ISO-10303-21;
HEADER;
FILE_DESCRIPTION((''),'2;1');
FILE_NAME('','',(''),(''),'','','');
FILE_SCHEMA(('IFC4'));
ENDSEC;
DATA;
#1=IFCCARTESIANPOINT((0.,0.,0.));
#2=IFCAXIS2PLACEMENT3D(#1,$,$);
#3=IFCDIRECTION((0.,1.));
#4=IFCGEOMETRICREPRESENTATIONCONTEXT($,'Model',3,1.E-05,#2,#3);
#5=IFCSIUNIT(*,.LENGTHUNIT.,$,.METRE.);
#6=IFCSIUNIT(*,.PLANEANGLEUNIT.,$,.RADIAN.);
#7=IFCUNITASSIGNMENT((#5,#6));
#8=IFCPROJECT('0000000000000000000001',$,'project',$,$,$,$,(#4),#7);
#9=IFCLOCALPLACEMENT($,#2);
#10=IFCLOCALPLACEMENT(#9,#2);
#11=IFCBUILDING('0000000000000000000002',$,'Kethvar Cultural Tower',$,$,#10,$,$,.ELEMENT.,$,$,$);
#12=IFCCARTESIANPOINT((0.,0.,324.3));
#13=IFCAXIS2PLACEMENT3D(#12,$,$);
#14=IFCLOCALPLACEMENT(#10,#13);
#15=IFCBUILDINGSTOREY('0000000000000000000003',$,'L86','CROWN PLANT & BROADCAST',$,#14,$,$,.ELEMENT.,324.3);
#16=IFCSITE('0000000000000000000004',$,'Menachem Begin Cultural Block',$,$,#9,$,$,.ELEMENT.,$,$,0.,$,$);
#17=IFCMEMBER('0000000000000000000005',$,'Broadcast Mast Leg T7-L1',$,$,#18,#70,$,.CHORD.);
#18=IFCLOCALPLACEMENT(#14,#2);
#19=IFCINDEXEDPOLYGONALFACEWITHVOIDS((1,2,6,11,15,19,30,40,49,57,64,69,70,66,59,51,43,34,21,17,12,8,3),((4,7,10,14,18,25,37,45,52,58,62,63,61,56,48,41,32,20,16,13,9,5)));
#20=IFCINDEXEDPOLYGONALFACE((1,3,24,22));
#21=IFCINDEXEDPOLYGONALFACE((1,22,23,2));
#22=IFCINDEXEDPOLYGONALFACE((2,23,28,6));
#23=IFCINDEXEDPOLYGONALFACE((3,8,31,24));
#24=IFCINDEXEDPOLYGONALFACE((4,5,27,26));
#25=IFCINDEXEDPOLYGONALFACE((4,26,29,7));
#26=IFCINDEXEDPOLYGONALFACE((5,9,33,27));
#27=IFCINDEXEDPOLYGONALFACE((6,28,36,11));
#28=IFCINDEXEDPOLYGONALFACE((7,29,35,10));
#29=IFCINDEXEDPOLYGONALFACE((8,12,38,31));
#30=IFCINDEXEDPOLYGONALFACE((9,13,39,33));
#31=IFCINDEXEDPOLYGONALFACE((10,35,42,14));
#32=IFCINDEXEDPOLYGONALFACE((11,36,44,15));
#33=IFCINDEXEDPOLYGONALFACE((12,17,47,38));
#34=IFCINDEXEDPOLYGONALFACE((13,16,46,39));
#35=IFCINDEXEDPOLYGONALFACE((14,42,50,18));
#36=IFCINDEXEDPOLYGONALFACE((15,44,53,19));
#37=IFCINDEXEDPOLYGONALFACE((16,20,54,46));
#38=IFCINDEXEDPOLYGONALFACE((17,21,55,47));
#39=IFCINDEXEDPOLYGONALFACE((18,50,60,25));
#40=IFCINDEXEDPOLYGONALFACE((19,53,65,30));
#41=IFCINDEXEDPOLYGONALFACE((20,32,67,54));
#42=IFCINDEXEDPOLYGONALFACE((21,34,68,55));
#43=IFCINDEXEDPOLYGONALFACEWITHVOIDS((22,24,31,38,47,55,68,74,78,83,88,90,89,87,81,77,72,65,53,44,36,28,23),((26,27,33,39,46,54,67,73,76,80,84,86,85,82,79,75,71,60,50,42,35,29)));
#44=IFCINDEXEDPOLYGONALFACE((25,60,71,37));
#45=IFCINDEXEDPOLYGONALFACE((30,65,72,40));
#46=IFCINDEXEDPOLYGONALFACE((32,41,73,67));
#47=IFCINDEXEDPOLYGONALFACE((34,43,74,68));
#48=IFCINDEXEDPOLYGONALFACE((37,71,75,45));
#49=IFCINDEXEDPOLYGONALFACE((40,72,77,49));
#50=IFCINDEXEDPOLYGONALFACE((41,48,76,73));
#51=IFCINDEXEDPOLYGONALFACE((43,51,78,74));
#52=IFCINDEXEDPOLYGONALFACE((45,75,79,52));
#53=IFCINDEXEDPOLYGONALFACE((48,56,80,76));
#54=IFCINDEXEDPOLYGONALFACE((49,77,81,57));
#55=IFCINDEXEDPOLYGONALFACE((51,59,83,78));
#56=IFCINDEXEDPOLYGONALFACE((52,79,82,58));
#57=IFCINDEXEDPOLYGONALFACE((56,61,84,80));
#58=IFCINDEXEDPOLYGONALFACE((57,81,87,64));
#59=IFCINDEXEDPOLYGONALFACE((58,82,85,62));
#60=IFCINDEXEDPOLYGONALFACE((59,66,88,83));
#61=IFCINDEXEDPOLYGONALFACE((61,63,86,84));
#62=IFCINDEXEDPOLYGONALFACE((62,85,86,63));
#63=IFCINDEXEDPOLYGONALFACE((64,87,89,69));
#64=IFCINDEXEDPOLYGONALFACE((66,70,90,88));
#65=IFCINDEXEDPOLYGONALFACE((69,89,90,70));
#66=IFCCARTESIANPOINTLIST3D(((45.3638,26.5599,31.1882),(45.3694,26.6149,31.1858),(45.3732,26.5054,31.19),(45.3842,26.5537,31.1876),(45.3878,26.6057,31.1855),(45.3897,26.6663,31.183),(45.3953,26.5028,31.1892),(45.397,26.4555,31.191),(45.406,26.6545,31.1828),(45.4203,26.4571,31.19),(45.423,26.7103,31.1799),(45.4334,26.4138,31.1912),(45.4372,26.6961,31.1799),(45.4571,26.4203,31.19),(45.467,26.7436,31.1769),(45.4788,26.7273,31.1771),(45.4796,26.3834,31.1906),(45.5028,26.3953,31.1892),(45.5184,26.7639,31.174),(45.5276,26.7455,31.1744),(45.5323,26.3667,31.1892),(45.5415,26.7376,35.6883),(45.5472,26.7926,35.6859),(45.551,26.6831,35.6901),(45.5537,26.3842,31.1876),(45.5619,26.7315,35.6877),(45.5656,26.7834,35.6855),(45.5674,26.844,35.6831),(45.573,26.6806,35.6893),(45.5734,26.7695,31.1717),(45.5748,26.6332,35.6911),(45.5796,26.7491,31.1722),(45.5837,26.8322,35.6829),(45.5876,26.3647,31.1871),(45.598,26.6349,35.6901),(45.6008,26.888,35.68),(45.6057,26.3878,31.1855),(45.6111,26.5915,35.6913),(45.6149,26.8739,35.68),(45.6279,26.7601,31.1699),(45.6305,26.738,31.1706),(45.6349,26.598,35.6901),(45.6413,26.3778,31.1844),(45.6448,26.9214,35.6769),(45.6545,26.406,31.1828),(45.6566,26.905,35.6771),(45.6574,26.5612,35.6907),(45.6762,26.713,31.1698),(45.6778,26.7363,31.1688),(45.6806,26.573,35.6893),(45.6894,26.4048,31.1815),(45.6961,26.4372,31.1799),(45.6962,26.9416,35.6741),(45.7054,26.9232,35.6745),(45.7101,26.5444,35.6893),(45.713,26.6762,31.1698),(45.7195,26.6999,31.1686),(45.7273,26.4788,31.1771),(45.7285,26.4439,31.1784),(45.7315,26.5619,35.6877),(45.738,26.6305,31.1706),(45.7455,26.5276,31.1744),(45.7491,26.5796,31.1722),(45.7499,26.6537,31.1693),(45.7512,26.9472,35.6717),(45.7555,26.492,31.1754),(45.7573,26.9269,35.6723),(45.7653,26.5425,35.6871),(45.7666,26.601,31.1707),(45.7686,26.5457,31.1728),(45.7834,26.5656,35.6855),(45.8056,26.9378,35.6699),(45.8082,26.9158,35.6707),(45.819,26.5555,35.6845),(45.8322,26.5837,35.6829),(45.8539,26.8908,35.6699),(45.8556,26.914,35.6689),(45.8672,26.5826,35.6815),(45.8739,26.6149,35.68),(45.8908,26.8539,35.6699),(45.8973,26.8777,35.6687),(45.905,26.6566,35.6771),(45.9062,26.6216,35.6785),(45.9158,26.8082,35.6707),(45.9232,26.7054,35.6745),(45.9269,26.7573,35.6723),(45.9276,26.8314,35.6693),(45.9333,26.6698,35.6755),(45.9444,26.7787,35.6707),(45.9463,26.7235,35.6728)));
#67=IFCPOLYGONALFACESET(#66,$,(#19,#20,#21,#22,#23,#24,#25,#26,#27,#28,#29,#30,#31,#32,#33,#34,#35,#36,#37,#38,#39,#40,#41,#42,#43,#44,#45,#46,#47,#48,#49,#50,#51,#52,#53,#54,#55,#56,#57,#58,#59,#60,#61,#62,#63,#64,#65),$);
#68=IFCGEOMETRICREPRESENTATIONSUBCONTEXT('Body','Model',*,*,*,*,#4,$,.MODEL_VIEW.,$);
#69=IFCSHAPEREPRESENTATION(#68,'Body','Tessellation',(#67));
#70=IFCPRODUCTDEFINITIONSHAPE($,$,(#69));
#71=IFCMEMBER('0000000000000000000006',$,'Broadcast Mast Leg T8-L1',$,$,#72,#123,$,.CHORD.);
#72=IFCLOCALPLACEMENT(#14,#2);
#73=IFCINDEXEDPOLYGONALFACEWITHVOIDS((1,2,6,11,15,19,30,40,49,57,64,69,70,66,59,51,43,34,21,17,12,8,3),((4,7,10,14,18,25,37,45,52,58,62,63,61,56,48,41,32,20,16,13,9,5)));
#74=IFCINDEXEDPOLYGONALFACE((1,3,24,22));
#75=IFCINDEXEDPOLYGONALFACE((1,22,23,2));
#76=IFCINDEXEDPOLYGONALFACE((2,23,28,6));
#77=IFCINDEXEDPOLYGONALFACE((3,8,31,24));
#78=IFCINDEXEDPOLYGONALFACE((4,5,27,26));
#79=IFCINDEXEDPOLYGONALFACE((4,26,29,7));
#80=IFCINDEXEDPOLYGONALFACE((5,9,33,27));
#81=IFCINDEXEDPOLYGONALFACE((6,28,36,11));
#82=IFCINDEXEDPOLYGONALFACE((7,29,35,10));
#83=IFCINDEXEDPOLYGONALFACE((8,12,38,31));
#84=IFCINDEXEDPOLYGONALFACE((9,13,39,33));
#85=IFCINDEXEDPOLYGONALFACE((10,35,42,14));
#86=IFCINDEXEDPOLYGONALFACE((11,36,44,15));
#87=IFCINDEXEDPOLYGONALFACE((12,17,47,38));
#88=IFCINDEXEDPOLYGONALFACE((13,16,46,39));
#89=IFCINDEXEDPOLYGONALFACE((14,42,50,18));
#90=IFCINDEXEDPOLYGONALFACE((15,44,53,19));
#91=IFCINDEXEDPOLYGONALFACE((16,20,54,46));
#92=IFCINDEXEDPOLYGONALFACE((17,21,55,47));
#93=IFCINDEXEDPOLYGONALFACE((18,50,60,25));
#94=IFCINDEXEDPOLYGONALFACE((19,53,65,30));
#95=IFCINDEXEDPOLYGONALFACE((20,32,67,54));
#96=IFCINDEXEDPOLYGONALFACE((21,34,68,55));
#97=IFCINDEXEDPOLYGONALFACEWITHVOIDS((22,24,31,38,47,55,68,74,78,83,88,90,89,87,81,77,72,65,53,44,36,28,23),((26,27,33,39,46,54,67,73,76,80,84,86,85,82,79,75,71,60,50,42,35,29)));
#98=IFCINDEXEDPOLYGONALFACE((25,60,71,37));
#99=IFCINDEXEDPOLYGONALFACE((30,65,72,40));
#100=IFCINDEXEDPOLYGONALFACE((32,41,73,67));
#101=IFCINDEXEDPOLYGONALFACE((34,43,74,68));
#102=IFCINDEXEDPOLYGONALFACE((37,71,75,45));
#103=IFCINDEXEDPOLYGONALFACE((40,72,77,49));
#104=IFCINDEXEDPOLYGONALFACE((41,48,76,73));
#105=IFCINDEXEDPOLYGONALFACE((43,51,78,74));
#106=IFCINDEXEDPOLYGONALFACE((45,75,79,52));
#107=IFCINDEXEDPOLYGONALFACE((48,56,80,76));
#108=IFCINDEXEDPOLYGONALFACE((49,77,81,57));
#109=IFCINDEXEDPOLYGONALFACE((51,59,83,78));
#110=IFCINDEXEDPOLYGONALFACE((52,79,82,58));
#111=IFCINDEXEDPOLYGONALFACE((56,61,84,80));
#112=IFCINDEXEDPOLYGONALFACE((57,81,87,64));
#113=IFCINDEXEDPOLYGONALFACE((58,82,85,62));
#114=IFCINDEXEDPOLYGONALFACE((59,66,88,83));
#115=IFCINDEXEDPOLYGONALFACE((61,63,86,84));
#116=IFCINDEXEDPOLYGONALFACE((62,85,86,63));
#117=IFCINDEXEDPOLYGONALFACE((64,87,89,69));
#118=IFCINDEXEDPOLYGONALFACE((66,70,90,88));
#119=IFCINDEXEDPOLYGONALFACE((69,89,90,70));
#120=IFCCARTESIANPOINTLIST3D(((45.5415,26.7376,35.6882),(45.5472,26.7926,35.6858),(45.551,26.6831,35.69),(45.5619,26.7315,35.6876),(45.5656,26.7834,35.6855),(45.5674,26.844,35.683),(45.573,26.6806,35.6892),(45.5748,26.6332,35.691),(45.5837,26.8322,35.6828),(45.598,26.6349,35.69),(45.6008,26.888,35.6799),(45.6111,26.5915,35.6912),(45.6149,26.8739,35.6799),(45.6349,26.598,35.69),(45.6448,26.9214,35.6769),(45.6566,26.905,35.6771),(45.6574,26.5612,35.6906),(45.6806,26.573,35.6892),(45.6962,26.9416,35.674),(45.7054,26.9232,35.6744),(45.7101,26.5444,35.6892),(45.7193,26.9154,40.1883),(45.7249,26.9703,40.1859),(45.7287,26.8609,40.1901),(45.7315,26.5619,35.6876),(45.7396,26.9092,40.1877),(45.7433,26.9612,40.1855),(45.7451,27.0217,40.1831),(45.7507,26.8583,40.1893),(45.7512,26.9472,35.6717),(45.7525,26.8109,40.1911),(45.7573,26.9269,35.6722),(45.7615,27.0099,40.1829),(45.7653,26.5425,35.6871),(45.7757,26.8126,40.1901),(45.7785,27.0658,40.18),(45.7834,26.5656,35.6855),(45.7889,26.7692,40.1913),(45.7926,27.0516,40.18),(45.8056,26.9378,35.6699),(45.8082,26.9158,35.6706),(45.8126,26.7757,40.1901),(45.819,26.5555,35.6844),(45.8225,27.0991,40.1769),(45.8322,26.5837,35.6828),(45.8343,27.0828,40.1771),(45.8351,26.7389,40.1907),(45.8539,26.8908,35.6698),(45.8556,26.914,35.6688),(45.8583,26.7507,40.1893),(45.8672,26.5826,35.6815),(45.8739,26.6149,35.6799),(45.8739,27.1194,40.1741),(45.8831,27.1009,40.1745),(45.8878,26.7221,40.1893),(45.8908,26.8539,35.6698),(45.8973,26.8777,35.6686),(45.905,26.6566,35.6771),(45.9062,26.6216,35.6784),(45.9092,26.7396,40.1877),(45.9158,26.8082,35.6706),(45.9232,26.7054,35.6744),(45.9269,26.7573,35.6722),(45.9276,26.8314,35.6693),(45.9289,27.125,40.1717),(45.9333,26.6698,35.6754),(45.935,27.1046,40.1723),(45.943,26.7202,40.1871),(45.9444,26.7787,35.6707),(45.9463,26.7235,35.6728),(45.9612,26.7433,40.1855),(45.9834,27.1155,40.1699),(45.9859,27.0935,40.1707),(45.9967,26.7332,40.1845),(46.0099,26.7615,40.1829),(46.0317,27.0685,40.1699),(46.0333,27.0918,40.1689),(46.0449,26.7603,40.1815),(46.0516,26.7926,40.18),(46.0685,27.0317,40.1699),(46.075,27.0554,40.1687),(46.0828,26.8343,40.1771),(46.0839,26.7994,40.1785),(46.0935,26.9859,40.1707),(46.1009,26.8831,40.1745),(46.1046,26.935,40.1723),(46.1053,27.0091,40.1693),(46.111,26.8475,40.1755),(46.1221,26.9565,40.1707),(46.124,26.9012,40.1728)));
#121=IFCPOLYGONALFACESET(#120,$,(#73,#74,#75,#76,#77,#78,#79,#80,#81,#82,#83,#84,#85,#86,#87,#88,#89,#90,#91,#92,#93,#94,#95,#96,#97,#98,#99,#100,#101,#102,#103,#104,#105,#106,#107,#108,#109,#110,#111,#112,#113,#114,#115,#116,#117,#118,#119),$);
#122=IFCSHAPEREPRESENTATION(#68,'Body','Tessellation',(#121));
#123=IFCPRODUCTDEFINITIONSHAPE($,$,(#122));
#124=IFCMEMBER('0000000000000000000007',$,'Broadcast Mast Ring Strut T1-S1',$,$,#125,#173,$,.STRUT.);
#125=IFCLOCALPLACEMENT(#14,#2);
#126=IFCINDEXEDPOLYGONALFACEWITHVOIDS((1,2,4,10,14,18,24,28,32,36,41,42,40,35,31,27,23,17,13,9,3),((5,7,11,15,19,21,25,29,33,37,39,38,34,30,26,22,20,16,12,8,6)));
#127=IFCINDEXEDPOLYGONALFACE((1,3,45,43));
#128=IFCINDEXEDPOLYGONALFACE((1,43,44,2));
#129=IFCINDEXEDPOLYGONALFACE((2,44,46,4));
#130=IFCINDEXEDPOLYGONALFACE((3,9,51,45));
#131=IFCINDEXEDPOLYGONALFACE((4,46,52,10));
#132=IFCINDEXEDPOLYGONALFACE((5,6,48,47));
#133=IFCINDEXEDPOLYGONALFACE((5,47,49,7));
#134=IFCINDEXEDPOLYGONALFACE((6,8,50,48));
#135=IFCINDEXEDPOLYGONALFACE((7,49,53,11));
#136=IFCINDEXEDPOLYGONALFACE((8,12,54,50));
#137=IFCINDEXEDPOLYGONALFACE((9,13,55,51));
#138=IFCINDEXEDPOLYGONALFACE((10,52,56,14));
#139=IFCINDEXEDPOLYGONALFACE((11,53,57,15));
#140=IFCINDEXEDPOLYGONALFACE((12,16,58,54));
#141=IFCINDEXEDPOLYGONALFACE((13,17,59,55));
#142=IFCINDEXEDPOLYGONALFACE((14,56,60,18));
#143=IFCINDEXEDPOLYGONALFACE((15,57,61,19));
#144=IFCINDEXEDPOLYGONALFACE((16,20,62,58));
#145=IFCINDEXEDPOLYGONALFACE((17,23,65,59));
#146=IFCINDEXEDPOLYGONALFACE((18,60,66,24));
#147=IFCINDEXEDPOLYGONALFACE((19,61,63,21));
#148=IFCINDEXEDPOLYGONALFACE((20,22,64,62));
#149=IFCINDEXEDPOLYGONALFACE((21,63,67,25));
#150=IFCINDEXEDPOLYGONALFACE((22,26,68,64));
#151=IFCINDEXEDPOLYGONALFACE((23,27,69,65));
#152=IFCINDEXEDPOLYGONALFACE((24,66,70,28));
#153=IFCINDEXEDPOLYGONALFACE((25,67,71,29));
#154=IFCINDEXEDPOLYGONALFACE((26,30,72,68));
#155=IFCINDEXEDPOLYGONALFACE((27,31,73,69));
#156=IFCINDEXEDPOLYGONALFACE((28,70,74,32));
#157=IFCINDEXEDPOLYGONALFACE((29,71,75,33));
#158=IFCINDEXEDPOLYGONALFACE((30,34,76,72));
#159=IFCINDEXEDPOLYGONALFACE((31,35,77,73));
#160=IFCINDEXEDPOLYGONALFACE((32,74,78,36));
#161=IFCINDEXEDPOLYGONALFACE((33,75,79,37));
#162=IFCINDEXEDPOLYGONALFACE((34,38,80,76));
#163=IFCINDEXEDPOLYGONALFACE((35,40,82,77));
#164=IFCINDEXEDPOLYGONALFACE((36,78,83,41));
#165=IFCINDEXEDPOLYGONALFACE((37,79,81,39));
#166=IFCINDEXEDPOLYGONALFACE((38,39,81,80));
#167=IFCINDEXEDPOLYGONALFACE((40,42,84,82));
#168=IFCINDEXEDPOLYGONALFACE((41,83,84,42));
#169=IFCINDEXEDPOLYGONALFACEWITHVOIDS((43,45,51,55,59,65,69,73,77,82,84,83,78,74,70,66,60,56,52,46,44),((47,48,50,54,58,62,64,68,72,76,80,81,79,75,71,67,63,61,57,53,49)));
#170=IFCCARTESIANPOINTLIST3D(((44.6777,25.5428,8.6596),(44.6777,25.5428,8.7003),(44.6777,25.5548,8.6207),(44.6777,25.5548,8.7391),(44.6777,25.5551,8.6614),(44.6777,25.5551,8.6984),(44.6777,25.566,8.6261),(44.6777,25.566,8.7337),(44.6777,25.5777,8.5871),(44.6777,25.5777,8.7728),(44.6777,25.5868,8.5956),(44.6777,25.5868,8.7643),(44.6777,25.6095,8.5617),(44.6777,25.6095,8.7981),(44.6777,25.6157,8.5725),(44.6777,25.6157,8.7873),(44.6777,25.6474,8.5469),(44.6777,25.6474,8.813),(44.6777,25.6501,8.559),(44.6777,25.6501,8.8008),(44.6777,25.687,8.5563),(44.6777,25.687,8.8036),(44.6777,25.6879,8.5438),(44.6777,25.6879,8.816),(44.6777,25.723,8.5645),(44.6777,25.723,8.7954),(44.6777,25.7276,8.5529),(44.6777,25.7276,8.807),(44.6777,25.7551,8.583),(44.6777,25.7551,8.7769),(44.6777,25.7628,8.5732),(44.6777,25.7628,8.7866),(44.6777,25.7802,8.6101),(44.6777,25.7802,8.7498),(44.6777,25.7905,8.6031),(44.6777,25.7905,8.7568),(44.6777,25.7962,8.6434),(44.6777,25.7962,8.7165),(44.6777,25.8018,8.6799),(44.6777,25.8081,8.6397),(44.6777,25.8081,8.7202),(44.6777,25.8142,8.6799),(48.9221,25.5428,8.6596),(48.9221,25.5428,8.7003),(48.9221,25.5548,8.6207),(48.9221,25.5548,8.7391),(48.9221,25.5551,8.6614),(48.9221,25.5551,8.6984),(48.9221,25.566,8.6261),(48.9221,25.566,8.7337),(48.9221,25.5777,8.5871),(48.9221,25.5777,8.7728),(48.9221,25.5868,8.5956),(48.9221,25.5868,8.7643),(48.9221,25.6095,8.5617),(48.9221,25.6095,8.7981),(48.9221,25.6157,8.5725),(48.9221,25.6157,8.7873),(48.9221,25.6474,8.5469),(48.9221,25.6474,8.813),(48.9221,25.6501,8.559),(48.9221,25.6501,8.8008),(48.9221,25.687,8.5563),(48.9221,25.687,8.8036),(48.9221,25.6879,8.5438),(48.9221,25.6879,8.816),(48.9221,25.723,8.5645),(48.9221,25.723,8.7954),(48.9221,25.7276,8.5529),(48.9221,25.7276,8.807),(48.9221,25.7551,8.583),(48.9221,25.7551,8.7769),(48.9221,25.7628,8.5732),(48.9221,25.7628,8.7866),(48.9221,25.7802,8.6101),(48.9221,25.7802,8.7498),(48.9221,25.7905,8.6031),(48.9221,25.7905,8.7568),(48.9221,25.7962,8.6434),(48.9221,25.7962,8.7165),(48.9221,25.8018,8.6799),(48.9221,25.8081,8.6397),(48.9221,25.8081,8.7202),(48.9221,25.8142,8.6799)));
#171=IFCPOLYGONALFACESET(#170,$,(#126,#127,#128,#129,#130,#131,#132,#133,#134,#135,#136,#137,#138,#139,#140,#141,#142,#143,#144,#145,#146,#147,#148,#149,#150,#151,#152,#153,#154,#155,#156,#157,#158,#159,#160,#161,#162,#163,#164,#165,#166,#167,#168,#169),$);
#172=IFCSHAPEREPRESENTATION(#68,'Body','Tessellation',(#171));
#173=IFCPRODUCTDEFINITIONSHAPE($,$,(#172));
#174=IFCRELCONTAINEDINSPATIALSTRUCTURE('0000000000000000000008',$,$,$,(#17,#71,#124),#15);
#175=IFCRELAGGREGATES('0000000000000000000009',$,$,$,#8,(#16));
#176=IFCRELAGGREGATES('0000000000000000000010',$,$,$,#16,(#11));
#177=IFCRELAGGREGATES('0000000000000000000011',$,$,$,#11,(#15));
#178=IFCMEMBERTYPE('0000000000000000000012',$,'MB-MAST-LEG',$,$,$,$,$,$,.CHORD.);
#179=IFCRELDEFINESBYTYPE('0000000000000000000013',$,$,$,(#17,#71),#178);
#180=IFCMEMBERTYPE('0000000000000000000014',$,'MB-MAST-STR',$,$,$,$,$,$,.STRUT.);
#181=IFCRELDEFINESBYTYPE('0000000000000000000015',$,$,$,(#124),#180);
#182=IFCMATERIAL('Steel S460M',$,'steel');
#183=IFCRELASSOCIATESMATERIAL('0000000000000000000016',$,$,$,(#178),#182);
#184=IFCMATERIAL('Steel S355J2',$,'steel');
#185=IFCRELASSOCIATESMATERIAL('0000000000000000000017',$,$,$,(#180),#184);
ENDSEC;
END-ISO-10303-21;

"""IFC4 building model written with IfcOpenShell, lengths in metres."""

from ifc_helpers import new_model, si_unit, direction, frame, origin, origin_2d, place, context, subcontext, project, spatial, hollow_circle, extrude, source, transform, mapped, material, material_profile, profile_set, type_object, element, save


model = new_model("IFC4")

# Units and contexts
model_context = context("Model", 3, precision=1e-05, world=origin(), true_north=direction((0.0, 1.0)))
body_context = subcontext(model_context, "Body", "Model", "MODEL_VIEW")
ifc_project = project(units=[si_unit("LENGTHUNIT", "METRE"), si_unit("PLANEANGLEUNIT", "RADIAN")], contexts=[model_context])

# Site, building, storey
site_placement = place(None, origin())
site = spatial("IfcSite", under=ifc_project, at=site_placement, Name="Menachem Begin Cultural Block", CompositionType="ELEMENT", RefElevation=0.0)
building_placement = place(site_placement, origin())
building = spatial("IfcBuilding", under=site, at=building_placement, Name="Kethvar Cultural Tower", CompositionType="ELEMENT")
storey_placement = place(building_placement, frame((0.0, 0.0, 324.3)))
storey = spatial("IfcBuildingStorey", under=building, at=storey_placement, Name="L86", Description="CROWN PLANT & BROADCAST", CompositionType="ELEMENT", Elevation=324.3)

# Shared definitions
ifc_material_1 = material(Name="Steel S355J2", Category="steel")

# Members
ifc_material_2 = material(Name="Steel S460M", Category="steel")
ifc_material_profile_1 = material_profile(ifc_material_2, hollow_circle(Radius=0.2031, WallThickness=0.02, at=origin_2d()), Name="Steel S460M — CHS406x20")
ifc_profile_set_1 = profile_set([ifc_material_profile_1], Name="Steel S460M — CHS406x20")
member_type_1 = type_object("IfcMemberType", Name="MB-MAST-LEG", PredefinedType="CHORD", material=ifc_profile_set_1)
shared_shape_1 = source(origin(), body_context, "Body", "SweptSolid", [
    extrude(hollow_circle(Radius=0.2031, WallThickness=0.02, at=origin_2d()), origin(), (0.0, 0.0, 1.0), 4.5071),
])
for number, where, z_axis, x_axis, name in (
    (1, (45.5667, 26.5667, 31.1799), (0.039435, 0.039435, 0.998444), (-0.707107, 0.707107, 0.0), "Broadcast Mast Leg T7-L1"),
    (2, (45.7444, 26.7444, 35.6799), (0.039435, 0.039435, 0.998444), (-0.707107, 0.707107, 0.0), "Broadcast Mast Leg T8-L1"),
):
    element("IfcMember", number, at=place(storey_placement, frame(where, z_axis=z_axis, x_axis=x_axis)), inside=storey, type_object=member_type_1, Name=name, PredefinedType="CHORD", context=body_context, shape_type="MappedRepresentation", body=[
        mapped(shared_shape_1, transform((0.0, 0.0, 0.0), scale=1.0)),
    ])
ifc_material_profile_2 = material_profile(ifc_material_1, hollow_circle(Radius=0.1365, WallThickness=0.0125, at=origin_2d()), Name="Steel S355J2 — CHS273x12.5")
ifc_profile_set_2 = profile_set([ifc_material_profile_2], Name="Steel S355J2 — CHS273x12.5")
member_type_2 = type_object("IfcMemberType", Name="MB-MAST-STR", PredefinedType="STRUT", material=ifc_profile_set_2)
shared_shape_2 = source(origin(), body_context, "Body", "SweptSolid", [
    extrude(hollow_circle(Radius=0.1365, WallThickness=0.0125, at=origin_2d()), origin(), (0.0, 0.0, 1.0), 4.2444),
])
member_1_placement = place(storey_placement, frame((44.6777, 25.6777, 8.6799), z_axis=(1.0, 0.0, 0.0), x_axis=(0.0, 1.0, 0.0)))
element("IfcMember", 3, at=member_1_placement, inside=storey, type_object=member_type_2, Name="Broadcast Mast Ring Strut T1-S1", PredefinedType="STRUT", context=body_context, shape_type="MappedRepresentation", body=[
    mapped(shared_shape_2, transform((0.0, 0.0, 0.0), scale=1.0)),
])

save(model, "model.ifc")
